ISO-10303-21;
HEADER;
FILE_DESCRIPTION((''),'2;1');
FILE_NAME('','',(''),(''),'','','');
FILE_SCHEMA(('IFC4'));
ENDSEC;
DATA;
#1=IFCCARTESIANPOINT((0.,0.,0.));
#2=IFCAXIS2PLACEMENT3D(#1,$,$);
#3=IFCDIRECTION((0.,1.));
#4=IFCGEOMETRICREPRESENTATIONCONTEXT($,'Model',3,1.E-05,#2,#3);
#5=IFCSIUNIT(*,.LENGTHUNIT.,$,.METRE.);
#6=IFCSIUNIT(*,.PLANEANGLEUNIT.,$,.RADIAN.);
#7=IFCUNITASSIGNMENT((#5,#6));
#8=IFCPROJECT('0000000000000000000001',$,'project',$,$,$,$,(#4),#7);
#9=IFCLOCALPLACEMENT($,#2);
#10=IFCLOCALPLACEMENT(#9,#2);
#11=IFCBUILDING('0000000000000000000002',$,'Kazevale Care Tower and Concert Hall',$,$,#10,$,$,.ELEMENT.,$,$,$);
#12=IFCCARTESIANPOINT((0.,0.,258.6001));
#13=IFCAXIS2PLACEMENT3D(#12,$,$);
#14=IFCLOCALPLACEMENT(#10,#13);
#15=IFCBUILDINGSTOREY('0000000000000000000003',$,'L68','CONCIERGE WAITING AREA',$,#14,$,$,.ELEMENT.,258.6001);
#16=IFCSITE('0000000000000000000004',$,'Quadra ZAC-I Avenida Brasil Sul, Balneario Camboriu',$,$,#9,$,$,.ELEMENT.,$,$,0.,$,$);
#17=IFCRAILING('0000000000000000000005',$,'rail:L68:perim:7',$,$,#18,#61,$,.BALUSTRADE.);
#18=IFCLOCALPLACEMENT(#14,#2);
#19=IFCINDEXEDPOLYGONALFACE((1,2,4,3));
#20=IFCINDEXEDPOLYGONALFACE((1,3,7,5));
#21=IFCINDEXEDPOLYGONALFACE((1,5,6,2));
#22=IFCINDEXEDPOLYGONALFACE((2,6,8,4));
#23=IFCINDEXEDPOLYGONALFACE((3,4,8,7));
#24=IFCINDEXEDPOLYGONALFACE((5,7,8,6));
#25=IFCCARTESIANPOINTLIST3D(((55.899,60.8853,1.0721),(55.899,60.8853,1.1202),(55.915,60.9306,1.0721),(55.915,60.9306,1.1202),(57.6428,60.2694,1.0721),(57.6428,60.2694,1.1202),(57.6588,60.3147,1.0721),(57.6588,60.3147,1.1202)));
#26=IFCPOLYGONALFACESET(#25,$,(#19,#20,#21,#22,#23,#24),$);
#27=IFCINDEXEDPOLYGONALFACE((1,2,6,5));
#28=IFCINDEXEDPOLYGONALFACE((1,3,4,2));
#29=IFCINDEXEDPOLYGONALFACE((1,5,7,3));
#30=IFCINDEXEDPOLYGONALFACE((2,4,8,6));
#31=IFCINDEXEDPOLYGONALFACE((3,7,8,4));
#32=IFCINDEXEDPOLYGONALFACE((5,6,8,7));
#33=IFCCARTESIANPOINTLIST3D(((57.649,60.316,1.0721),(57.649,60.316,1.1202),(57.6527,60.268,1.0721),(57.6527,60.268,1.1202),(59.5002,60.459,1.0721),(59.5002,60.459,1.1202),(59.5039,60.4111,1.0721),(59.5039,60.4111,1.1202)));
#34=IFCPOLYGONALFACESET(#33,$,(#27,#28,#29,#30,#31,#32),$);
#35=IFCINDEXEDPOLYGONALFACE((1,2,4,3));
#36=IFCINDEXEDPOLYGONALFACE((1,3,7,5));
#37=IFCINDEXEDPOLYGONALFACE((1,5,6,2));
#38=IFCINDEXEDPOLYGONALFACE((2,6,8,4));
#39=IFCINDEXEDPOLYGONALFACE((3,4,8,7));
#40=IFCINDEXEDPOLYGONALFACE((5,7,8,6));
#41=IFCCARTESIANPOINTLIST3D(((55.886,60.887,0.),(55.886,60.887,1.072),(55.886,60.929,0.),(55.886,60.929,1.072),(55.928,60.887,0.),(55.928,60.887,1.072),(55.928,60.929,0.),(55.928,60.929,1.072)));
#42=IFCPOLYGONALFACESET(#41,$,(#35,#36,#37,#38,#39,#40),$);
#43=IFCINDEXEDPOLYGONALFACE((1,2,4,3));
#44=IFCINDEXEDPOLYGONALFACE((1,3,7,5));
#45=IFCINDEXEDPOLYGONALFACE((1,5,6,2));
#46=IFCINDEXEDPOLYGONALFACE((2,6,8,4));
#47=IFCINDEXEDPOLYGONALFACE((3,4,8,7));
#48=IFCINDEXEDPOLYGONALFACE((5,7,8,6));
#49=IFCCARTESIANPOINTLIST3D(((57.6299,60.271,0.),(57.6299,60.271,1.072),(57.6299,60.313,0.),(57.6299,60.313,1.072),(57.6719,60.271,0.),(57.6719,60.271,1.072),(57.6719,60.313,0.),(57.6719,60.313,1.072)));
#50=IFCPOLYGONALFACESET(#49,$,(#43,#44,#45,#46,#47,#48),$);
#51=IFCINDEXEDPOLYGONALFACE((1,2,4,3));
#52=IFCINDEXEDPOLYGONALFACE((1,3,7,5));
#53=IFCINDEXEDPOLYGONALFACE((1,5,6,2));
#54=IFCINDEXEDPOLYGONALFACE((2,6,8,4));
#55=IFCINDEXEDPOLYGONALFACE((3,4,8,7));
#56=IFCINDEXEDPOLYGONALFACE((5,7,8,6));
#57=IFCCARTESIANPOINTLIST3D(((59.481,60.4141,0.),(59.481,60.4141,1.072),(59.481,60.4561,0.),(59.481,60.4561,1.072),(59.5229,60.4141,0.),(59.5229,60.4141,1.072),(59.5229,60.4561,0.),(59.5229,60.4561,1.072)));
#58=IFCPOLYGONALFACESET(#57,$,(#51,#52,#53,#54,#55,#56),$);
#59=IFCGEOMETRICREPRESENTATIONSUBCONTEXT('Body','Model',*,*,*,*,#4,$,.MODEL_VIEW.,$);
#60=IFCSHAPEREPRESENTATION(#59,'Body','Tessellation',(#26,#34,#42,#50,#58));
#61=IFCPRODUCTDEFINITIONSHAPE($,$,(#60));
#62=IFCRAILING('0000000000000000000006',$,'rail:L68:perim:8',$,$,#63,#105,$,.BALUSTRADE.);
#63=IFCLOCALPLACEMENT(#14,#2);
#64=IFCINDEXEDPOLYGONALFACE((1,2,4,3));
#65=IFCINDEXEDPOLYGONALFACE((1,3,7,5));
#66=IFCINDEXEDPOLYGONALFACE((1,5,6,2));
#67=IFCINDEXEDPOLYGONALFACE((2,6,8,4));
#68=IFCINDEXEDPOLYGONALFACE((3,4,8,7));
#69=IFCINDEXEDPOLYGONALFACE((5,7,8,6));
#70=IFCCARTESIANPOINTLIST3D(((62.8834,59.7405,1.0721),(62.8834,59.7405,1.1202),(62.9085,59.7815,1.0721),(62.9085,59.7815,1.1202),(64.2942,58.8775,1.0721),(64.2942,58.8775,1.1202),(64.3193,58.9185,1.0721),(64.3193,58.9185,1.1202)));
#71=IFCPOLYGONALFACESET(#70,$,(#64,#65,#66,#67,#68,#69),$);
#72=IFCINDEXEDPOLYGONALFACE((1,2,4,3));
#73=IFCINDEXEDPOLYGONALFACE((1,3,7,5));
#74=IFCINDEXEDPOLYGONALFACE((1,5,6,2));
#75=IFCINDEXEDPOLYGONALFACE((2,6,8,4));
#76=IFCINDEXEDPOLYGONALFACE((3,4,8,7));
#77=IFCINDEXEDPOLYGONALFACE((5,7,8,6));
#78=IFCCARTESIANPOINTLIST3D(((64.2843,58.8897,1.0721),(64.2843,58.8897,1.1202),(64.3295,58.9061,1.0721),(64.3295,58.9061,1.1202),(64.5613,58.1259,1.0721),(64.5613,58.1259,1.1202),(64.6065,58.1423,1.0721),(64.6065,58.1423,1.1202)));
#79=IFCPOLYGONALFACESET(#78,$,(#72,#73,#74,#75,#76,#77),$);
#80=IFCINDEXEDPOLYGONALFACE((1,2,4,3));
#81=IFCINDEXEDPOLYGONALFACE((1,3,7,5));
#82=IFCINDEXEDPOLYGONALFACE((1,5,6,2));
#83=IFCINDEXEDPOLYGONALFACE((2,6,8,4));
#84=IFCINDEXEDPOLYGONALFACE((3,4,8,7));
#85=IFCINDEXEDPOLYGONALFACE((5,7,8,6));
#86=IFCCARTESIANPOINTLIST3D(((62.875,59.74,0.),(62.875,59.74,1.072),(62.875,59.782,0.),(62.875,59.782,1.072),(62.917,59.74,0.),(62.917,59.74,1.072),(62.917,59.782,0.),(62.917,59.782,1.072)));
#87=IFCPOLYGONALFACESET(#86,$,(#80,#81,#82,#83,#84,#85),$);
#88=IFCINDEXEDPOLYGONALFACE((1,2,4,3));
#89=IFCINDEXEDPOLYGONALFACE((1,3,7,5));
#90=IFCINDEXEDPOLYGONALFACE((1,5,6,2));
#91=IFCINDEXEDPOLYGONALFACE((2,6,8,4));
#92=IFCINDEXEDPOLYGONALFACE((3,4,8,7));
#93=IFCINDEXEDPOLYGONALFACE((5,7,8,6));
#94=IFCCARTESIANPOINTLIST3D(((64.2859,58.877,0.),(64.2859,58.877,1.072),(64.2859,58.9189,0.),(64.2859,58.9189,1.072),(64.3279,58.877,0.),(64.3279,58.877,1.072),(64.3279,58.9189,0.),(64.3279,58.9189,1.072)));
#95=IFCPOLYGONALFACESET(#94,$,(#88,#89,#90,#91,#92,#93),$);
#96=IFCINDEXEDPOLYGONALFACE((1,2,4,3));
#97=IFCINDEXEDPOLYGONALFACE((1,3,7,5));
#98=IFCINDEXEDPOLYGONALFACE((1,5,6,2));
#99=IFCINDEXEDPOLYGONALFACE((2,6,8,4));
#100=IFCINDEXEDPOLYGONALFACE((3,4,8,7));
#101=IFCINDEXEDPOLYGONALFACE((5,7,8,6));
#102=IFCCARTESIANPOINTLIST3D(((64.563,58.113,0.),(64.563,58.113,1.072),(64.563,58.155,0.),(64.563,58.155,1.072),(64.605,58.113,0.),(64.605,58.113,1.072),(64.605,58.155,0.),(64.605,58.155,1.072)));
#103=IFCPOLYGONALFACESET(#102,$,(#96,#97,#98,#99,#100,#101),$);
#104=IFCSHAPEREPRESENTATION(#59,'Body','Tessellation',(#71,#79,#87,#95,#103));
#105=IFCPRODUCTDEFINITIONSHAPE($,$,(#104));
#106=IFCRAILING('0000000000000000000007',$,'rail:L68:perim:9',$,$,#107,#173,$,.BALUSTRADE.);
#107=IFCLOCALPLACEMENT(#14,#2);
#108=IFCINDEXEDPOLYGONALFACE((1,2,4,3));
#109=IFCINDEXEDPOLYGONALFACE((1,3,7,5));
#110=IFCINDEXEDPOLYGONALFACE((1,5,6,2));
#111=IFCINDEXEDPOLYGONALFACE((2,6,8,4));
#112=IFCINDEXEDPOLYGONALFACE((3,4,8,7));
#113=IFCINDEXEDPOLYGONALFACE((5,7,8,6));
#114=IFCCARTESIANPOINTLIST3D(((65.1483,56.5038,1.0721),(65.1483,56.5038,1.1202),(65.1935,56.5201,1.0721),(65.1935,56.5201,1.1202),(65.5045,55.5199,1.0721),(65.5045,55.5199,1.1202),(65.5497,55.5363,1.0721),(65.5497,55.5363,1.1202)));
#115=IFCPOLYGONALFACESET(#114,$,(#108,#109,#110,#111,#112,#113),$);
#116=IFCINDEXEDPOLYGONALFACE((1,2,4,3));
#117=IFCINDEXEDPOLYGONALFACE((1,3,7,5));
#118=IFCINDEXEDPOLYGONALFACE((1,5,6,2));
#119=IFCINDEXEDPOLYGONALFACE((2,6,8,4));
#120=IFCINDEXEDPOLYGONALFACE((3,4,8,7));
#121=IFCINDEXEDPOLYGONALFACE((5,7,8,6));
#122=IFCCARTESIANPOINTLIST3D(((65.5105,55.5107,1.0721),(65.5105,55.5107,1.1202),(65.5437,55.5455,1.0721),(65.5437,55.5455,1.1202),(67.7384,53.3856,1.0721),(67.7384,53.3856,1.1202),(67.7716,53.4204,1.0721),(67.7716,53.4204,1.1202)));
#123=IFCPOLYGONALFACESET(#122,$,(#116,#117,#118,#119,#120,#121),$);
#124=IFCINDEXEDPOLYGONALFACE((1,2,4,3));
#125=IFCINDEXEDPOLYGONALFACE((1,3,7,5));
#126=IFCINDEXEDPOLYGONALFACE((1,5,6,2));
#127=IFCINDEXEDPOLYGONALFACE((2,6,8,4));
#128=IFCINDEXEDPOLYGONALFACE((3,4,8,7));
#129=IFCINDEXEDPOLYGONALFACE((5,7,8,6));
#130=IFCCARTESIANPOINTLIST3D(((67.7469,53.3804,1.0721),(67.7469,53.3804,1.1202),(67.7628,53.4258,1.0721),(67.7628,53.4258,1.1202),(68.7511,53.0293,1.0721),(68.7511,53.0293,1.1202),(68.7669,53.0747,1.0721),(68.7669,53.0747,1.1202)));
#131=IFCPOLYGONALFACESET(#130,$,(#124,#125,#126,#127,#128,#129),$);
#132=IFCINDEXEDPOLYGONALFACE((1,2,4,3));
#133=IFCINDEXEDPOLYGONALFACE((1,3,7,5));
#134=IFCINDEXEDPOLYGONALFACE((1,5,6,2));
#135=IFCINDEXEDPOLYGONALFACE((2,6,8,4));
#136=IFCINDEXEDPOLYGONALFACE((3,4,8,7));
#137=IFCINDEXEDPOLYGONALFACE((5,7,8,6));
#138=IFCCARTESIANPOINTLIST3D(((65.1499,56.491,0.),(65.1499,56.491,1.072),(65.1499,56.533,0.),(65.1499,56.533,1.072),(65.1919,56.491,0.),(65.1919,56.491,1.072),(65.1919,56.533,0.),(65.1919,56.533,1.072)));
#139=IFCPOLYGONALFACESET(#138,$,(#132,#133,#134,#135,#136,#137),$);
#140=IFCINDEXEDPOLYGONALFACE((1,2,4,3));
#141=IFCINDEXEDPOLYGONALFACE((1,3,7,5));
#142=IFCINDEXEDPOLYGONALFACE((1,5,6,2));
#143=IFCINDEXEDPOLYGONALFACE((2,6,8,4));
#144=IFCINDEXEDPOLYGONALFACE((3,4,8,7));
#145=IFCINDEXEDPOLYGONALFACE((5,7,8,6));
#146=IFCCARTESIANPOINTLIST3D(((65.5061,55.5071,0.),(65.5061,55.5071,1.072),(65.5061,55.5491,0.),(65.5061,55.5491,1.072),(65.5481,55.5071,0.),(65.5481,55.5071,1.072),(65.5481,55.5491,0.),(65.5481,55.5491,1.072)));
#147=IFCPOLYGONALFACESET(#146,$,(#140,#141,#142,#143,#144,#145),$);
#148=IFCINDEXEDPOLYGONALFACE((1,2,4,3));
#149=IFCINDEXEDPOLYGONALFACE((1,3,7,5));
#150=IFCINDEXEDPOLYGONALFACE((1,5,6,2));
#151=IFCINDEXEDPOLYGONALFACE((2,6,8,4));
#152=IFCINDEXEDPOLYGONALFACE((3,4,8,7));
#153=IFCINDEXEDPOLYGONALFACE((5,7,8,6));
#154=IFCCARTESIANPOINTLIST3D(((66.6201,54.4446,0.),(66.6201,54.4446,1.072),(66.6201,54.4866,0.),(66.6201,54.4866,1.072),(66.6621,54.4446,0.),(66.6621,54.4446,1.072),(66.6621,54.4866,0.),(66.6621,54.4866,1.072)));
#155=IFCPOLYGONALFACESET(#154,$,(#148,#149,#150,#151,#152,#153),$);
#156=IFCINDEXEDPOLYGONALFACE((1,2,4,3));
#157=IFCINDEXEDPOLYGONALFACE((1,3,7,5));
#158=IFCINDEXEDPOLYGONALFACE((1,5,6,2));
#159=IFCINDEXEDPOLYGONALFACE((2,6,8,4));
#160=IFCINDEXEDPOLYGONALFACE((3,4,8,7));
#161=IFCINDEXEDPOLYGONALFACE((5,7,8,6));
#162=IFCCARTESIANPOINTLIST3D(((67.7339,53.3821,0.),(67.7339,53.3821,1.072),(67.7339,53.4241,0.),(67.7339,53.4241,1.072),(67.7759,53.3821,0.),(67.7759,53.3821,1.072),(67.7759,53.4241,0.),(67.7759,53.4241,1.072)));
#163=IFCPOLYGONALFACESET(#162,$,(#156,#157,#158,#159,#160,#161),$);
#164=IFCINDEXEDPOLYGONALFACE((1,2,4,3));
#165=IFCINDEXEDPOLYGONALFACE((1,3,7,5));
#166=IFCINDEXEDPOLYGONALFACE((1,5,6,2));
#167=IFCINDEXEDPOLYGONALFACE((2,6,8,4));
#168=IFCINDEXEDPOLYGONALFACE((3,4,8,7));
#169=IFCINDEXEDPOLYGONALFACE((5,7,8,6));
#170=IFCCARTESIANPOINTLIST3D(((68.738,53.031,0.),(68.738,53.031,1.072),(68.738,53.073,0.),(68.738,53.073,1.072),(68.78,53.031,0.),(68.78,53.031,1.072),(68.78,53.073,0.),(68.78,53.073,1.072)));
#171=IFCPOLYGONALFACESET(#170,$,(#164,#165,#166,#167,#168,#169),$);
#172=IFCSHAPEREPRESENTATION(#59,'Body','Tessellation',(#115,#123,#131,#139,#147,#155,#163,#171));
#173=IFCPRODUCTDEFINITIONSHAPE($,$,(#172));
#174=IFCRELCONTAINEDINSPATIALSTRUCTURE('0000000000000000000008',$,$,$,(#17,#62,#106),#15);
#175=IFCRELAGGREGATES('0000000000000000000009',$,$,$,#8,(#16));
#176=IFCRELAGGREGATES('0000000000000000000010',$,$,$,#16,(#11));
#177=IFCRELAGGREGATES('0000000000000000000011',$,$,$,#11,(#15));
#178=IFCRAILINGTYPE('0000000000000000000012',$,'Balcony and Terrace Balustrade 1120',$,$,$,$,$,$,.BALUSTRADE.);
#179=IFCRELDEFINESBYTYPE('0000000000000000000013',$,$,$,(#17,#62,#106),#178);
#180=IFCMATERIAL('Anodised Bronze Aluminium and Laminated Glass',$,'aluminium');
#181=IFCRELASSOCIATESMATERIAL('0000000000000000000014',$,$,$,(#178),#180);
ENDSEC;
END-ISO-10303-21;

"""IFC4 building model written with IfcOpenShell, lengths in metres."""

from ifc_helpers import new_model, si_unit, direction, frame, origin, origin_2d, place, context, subcontext, project, spatial, rectangle, extrude, material, type_object, element, save


model = new_model("IFC4")

# Units and contexts
model_context = context("Model", 3, precision=1e-05, world=origin(), true_north=direction((0.0, 1.0)))
body_context = subcontext(model_context, "Body", "Model", "MODEL_VIEW")
ifc_project = project(units=[si_unit("LENGTHUNIT", "METRE"), si_unit("PLANEANGLEUNIT", "RADIAN")], contexts=[model_context])

# Site, building, storey
site_placement = place(None, origin())
site = spatial("IfcSite", under=ifc_project, at=site_placement, Name="Quadra ZAC-I Avenida Brasil Sul, Balneario Camboriu", CompositionType="ELEMENT", RefElevation=0.0)
building_placement = place(site_placement, origin())
building = spatial("IfcBuilding", under=site, at=building_placement, Name="Kazevale Care Tower and Concert Hall", CompositionType="ELEMENT")
storey_placement = place(building_placement, frame((0.0, 0.0, 258.6001)))
storey = spatial("IfcBuildingStorey", under=building, at=storey_placement, Name="L68", Description="CONCIERGE WAITING AREA", CompositionType="ELEMENT", Elevation=258.6001)

# Railings
ifc_material_1 = material(Name="Anodised Bronze Aluminium and Laminated Glass", Category="aluminium")
railing_type = type_object("IfcRailingType", Name="Balcony and Terrace Balustrade 1120", PredefinedType="BALUSTRADE", material=ifc_material_1)
railing_1_placement = place(storey_placement, frame((55.907, 60.908, 0.0)))
element("IfcRailing", 1, at=railing_1_placement, inside=storey, type_object=railing_type, Name="rail:L68:perim:7", PredefinedType="BALUSTRADE", context=body_context, shape_type="SweptSolid", body=[
    extrude(rectangle(XDim=0.0481, YDim=0.0481, at=origin_2d()), frame((0.0, 0.0, 1.0962), z_axis=(0.94291, -0.333048, 0.0), x_axis=(0.333048, 0.94291, 0.0)), (0.0, 0.0, 1.0), 1.8494),
    extrude(rectangle(XDim=0.0481, YDim=0.0481, at=origin_2d()), frame((1.7439, -0.616, 1.0962), z_axis=(0.997027, 0.077059, 0.0), x_axis=(-0.077059, 0.997027, 0.0)), (0.0, 0.0, 1.0), 1.8567),
    extrude(rectangle(XDim=0.042, YDim=0.042, at=origin_2d()), origin(), (0.0, 0.0, 1.0), 1.072),
    extrude(rectangle(XDim=0.042, YDim=0.042, at=origin_2d()), frame((1.7439, -0.616, 0.0)), (0.0, 0.0, 1.0), 1.072),
    extrude(rectangle(XDim=0.042, YDim=0.042, at=origin_2d()), frame((3.595, -0.4729, 0.0)), (0.0, 0.0, 1.0), 1.072),
])
railing_2_placement = place(storey_placement, frame((62.896, 59.761, 0.0)))
element("IfcRailing", 2, at=railing_2_placement, inside=storey, type_object=railing_type, Name="rail:L68:perim:8", PredefinedType="BALUSTRADE", context=body_context, shape_type="SweptSolid", body=[
    extrude(rectangle(XDim=0.0481, YDim=0.0481, at=origin_2d()), frame((0.0, 0.0, 1.0962), z_axis=(0.853059, -0.521814, 0.0), x_axis=(0.521814, 0.853059, 0.0)), (0.0, 0.0, 1.0), 1.6538),
    extrude(rectangle(XDim=0.0481, YDim=0.0481, at=origin_2d()), frame((1.4109, -0.863, 1.0962), z_axis=(0.340995, -0.940065, 0.0), x_axis=(0.940065, 0.340995, 0.0)), (0.0, 0.0, 1.0), 0.8125),
    extrude(rectangle(XDim=0.042, YDim=0.042, at=origin_2d()), origin(), (0.0, 0.0, 1.0), 1.072),
    extrude(rectangle(XDim=0.042, YDim=0.042, at=origin_2d()), frame((1.4109, -0.863, 0.0)), (0.0, 0.0, 1.0), 1.072),
    extrude(rectangle(XDim=0.042, YDim=0.042, at=origin_2d()), frame((1.688, -1.627, 0.0)), (0.0, 0.0, 1.0), 1.072),
])
railing_3_placement = place(storey_placement, frame((65.1709, 56.512, 0.0)))
element("IfcRailing", 3, at=railing_3_placement, inside=storey, type_object=railing_type, Name="rail:L68:perim:9", PredefinedType="BALUSTRADE", context=body_context, shape_type="SweptSolid", body=[
    extrude(rectangle(XDim=0.0481, YDim=0.0481, at=origin_2d()), frame((0.0, 0.0, 1.0962), z_axis=(0.340413, -0.940276, 0.0), x_axis=(0.940276, 0.340413, 0.0)), (0.0, 0.0, 1.0), 1.0464),
    extrude(rectangle(XDim=0.0481, YDim=0.0481, at=origin_2d()), frame((0.3562, -0.9839, 1.0962), z_axis=(0.723602, -0.690217, 0.0), x_axis=(0.690217, 0.723602, 0.0)), (0.0, 0.0, 1.0), 3.0789),
    extrude(rectangle(XDim=0.0481, YDim=0.0481, at=origin_2d()), frame((2.584, -3.1089, 1.0962), z_axis=(0.943969, -0.330033, 0.0), x_axis=(0.330033, 0.943969, 0.0)), (0.0, 0.0, 1.0), 1.0637),
    extrude(rectangle(XDim=0.042, YDim=0.042, at=origin_2d()), origin(), (0.0, 0.0, 1.0), 1.072),
    extrude(rectangle(XDim=0.042, YDim=0.042, at=origin_2d()), frame((0.3562, -0.9839, 0.0)), (0.0, 0.0, 1.0), 1.072),
    extrude(rectangle(XDim=0.042, YDim=0.042, at=origin_2d()), frame((1.4702, -2.0464, 0.0)), (0.0, 0.0, 1.0), 1.072),
    extrude(rectangle(XDim=0.042, YDim=0.042, at=origin_2d()), frame((2.584, -3.1089, 0.0)), (0.0, 0.0, 1.0), 1.072),
    extrude(rectangle(XDim=0.042, YDim=0.042, at=origin_2d()), frame((3.5881, -3.46, 0.0)), (0.0, 0.0, 1.0), 1.072),
])

save(model, "model.ifc")
